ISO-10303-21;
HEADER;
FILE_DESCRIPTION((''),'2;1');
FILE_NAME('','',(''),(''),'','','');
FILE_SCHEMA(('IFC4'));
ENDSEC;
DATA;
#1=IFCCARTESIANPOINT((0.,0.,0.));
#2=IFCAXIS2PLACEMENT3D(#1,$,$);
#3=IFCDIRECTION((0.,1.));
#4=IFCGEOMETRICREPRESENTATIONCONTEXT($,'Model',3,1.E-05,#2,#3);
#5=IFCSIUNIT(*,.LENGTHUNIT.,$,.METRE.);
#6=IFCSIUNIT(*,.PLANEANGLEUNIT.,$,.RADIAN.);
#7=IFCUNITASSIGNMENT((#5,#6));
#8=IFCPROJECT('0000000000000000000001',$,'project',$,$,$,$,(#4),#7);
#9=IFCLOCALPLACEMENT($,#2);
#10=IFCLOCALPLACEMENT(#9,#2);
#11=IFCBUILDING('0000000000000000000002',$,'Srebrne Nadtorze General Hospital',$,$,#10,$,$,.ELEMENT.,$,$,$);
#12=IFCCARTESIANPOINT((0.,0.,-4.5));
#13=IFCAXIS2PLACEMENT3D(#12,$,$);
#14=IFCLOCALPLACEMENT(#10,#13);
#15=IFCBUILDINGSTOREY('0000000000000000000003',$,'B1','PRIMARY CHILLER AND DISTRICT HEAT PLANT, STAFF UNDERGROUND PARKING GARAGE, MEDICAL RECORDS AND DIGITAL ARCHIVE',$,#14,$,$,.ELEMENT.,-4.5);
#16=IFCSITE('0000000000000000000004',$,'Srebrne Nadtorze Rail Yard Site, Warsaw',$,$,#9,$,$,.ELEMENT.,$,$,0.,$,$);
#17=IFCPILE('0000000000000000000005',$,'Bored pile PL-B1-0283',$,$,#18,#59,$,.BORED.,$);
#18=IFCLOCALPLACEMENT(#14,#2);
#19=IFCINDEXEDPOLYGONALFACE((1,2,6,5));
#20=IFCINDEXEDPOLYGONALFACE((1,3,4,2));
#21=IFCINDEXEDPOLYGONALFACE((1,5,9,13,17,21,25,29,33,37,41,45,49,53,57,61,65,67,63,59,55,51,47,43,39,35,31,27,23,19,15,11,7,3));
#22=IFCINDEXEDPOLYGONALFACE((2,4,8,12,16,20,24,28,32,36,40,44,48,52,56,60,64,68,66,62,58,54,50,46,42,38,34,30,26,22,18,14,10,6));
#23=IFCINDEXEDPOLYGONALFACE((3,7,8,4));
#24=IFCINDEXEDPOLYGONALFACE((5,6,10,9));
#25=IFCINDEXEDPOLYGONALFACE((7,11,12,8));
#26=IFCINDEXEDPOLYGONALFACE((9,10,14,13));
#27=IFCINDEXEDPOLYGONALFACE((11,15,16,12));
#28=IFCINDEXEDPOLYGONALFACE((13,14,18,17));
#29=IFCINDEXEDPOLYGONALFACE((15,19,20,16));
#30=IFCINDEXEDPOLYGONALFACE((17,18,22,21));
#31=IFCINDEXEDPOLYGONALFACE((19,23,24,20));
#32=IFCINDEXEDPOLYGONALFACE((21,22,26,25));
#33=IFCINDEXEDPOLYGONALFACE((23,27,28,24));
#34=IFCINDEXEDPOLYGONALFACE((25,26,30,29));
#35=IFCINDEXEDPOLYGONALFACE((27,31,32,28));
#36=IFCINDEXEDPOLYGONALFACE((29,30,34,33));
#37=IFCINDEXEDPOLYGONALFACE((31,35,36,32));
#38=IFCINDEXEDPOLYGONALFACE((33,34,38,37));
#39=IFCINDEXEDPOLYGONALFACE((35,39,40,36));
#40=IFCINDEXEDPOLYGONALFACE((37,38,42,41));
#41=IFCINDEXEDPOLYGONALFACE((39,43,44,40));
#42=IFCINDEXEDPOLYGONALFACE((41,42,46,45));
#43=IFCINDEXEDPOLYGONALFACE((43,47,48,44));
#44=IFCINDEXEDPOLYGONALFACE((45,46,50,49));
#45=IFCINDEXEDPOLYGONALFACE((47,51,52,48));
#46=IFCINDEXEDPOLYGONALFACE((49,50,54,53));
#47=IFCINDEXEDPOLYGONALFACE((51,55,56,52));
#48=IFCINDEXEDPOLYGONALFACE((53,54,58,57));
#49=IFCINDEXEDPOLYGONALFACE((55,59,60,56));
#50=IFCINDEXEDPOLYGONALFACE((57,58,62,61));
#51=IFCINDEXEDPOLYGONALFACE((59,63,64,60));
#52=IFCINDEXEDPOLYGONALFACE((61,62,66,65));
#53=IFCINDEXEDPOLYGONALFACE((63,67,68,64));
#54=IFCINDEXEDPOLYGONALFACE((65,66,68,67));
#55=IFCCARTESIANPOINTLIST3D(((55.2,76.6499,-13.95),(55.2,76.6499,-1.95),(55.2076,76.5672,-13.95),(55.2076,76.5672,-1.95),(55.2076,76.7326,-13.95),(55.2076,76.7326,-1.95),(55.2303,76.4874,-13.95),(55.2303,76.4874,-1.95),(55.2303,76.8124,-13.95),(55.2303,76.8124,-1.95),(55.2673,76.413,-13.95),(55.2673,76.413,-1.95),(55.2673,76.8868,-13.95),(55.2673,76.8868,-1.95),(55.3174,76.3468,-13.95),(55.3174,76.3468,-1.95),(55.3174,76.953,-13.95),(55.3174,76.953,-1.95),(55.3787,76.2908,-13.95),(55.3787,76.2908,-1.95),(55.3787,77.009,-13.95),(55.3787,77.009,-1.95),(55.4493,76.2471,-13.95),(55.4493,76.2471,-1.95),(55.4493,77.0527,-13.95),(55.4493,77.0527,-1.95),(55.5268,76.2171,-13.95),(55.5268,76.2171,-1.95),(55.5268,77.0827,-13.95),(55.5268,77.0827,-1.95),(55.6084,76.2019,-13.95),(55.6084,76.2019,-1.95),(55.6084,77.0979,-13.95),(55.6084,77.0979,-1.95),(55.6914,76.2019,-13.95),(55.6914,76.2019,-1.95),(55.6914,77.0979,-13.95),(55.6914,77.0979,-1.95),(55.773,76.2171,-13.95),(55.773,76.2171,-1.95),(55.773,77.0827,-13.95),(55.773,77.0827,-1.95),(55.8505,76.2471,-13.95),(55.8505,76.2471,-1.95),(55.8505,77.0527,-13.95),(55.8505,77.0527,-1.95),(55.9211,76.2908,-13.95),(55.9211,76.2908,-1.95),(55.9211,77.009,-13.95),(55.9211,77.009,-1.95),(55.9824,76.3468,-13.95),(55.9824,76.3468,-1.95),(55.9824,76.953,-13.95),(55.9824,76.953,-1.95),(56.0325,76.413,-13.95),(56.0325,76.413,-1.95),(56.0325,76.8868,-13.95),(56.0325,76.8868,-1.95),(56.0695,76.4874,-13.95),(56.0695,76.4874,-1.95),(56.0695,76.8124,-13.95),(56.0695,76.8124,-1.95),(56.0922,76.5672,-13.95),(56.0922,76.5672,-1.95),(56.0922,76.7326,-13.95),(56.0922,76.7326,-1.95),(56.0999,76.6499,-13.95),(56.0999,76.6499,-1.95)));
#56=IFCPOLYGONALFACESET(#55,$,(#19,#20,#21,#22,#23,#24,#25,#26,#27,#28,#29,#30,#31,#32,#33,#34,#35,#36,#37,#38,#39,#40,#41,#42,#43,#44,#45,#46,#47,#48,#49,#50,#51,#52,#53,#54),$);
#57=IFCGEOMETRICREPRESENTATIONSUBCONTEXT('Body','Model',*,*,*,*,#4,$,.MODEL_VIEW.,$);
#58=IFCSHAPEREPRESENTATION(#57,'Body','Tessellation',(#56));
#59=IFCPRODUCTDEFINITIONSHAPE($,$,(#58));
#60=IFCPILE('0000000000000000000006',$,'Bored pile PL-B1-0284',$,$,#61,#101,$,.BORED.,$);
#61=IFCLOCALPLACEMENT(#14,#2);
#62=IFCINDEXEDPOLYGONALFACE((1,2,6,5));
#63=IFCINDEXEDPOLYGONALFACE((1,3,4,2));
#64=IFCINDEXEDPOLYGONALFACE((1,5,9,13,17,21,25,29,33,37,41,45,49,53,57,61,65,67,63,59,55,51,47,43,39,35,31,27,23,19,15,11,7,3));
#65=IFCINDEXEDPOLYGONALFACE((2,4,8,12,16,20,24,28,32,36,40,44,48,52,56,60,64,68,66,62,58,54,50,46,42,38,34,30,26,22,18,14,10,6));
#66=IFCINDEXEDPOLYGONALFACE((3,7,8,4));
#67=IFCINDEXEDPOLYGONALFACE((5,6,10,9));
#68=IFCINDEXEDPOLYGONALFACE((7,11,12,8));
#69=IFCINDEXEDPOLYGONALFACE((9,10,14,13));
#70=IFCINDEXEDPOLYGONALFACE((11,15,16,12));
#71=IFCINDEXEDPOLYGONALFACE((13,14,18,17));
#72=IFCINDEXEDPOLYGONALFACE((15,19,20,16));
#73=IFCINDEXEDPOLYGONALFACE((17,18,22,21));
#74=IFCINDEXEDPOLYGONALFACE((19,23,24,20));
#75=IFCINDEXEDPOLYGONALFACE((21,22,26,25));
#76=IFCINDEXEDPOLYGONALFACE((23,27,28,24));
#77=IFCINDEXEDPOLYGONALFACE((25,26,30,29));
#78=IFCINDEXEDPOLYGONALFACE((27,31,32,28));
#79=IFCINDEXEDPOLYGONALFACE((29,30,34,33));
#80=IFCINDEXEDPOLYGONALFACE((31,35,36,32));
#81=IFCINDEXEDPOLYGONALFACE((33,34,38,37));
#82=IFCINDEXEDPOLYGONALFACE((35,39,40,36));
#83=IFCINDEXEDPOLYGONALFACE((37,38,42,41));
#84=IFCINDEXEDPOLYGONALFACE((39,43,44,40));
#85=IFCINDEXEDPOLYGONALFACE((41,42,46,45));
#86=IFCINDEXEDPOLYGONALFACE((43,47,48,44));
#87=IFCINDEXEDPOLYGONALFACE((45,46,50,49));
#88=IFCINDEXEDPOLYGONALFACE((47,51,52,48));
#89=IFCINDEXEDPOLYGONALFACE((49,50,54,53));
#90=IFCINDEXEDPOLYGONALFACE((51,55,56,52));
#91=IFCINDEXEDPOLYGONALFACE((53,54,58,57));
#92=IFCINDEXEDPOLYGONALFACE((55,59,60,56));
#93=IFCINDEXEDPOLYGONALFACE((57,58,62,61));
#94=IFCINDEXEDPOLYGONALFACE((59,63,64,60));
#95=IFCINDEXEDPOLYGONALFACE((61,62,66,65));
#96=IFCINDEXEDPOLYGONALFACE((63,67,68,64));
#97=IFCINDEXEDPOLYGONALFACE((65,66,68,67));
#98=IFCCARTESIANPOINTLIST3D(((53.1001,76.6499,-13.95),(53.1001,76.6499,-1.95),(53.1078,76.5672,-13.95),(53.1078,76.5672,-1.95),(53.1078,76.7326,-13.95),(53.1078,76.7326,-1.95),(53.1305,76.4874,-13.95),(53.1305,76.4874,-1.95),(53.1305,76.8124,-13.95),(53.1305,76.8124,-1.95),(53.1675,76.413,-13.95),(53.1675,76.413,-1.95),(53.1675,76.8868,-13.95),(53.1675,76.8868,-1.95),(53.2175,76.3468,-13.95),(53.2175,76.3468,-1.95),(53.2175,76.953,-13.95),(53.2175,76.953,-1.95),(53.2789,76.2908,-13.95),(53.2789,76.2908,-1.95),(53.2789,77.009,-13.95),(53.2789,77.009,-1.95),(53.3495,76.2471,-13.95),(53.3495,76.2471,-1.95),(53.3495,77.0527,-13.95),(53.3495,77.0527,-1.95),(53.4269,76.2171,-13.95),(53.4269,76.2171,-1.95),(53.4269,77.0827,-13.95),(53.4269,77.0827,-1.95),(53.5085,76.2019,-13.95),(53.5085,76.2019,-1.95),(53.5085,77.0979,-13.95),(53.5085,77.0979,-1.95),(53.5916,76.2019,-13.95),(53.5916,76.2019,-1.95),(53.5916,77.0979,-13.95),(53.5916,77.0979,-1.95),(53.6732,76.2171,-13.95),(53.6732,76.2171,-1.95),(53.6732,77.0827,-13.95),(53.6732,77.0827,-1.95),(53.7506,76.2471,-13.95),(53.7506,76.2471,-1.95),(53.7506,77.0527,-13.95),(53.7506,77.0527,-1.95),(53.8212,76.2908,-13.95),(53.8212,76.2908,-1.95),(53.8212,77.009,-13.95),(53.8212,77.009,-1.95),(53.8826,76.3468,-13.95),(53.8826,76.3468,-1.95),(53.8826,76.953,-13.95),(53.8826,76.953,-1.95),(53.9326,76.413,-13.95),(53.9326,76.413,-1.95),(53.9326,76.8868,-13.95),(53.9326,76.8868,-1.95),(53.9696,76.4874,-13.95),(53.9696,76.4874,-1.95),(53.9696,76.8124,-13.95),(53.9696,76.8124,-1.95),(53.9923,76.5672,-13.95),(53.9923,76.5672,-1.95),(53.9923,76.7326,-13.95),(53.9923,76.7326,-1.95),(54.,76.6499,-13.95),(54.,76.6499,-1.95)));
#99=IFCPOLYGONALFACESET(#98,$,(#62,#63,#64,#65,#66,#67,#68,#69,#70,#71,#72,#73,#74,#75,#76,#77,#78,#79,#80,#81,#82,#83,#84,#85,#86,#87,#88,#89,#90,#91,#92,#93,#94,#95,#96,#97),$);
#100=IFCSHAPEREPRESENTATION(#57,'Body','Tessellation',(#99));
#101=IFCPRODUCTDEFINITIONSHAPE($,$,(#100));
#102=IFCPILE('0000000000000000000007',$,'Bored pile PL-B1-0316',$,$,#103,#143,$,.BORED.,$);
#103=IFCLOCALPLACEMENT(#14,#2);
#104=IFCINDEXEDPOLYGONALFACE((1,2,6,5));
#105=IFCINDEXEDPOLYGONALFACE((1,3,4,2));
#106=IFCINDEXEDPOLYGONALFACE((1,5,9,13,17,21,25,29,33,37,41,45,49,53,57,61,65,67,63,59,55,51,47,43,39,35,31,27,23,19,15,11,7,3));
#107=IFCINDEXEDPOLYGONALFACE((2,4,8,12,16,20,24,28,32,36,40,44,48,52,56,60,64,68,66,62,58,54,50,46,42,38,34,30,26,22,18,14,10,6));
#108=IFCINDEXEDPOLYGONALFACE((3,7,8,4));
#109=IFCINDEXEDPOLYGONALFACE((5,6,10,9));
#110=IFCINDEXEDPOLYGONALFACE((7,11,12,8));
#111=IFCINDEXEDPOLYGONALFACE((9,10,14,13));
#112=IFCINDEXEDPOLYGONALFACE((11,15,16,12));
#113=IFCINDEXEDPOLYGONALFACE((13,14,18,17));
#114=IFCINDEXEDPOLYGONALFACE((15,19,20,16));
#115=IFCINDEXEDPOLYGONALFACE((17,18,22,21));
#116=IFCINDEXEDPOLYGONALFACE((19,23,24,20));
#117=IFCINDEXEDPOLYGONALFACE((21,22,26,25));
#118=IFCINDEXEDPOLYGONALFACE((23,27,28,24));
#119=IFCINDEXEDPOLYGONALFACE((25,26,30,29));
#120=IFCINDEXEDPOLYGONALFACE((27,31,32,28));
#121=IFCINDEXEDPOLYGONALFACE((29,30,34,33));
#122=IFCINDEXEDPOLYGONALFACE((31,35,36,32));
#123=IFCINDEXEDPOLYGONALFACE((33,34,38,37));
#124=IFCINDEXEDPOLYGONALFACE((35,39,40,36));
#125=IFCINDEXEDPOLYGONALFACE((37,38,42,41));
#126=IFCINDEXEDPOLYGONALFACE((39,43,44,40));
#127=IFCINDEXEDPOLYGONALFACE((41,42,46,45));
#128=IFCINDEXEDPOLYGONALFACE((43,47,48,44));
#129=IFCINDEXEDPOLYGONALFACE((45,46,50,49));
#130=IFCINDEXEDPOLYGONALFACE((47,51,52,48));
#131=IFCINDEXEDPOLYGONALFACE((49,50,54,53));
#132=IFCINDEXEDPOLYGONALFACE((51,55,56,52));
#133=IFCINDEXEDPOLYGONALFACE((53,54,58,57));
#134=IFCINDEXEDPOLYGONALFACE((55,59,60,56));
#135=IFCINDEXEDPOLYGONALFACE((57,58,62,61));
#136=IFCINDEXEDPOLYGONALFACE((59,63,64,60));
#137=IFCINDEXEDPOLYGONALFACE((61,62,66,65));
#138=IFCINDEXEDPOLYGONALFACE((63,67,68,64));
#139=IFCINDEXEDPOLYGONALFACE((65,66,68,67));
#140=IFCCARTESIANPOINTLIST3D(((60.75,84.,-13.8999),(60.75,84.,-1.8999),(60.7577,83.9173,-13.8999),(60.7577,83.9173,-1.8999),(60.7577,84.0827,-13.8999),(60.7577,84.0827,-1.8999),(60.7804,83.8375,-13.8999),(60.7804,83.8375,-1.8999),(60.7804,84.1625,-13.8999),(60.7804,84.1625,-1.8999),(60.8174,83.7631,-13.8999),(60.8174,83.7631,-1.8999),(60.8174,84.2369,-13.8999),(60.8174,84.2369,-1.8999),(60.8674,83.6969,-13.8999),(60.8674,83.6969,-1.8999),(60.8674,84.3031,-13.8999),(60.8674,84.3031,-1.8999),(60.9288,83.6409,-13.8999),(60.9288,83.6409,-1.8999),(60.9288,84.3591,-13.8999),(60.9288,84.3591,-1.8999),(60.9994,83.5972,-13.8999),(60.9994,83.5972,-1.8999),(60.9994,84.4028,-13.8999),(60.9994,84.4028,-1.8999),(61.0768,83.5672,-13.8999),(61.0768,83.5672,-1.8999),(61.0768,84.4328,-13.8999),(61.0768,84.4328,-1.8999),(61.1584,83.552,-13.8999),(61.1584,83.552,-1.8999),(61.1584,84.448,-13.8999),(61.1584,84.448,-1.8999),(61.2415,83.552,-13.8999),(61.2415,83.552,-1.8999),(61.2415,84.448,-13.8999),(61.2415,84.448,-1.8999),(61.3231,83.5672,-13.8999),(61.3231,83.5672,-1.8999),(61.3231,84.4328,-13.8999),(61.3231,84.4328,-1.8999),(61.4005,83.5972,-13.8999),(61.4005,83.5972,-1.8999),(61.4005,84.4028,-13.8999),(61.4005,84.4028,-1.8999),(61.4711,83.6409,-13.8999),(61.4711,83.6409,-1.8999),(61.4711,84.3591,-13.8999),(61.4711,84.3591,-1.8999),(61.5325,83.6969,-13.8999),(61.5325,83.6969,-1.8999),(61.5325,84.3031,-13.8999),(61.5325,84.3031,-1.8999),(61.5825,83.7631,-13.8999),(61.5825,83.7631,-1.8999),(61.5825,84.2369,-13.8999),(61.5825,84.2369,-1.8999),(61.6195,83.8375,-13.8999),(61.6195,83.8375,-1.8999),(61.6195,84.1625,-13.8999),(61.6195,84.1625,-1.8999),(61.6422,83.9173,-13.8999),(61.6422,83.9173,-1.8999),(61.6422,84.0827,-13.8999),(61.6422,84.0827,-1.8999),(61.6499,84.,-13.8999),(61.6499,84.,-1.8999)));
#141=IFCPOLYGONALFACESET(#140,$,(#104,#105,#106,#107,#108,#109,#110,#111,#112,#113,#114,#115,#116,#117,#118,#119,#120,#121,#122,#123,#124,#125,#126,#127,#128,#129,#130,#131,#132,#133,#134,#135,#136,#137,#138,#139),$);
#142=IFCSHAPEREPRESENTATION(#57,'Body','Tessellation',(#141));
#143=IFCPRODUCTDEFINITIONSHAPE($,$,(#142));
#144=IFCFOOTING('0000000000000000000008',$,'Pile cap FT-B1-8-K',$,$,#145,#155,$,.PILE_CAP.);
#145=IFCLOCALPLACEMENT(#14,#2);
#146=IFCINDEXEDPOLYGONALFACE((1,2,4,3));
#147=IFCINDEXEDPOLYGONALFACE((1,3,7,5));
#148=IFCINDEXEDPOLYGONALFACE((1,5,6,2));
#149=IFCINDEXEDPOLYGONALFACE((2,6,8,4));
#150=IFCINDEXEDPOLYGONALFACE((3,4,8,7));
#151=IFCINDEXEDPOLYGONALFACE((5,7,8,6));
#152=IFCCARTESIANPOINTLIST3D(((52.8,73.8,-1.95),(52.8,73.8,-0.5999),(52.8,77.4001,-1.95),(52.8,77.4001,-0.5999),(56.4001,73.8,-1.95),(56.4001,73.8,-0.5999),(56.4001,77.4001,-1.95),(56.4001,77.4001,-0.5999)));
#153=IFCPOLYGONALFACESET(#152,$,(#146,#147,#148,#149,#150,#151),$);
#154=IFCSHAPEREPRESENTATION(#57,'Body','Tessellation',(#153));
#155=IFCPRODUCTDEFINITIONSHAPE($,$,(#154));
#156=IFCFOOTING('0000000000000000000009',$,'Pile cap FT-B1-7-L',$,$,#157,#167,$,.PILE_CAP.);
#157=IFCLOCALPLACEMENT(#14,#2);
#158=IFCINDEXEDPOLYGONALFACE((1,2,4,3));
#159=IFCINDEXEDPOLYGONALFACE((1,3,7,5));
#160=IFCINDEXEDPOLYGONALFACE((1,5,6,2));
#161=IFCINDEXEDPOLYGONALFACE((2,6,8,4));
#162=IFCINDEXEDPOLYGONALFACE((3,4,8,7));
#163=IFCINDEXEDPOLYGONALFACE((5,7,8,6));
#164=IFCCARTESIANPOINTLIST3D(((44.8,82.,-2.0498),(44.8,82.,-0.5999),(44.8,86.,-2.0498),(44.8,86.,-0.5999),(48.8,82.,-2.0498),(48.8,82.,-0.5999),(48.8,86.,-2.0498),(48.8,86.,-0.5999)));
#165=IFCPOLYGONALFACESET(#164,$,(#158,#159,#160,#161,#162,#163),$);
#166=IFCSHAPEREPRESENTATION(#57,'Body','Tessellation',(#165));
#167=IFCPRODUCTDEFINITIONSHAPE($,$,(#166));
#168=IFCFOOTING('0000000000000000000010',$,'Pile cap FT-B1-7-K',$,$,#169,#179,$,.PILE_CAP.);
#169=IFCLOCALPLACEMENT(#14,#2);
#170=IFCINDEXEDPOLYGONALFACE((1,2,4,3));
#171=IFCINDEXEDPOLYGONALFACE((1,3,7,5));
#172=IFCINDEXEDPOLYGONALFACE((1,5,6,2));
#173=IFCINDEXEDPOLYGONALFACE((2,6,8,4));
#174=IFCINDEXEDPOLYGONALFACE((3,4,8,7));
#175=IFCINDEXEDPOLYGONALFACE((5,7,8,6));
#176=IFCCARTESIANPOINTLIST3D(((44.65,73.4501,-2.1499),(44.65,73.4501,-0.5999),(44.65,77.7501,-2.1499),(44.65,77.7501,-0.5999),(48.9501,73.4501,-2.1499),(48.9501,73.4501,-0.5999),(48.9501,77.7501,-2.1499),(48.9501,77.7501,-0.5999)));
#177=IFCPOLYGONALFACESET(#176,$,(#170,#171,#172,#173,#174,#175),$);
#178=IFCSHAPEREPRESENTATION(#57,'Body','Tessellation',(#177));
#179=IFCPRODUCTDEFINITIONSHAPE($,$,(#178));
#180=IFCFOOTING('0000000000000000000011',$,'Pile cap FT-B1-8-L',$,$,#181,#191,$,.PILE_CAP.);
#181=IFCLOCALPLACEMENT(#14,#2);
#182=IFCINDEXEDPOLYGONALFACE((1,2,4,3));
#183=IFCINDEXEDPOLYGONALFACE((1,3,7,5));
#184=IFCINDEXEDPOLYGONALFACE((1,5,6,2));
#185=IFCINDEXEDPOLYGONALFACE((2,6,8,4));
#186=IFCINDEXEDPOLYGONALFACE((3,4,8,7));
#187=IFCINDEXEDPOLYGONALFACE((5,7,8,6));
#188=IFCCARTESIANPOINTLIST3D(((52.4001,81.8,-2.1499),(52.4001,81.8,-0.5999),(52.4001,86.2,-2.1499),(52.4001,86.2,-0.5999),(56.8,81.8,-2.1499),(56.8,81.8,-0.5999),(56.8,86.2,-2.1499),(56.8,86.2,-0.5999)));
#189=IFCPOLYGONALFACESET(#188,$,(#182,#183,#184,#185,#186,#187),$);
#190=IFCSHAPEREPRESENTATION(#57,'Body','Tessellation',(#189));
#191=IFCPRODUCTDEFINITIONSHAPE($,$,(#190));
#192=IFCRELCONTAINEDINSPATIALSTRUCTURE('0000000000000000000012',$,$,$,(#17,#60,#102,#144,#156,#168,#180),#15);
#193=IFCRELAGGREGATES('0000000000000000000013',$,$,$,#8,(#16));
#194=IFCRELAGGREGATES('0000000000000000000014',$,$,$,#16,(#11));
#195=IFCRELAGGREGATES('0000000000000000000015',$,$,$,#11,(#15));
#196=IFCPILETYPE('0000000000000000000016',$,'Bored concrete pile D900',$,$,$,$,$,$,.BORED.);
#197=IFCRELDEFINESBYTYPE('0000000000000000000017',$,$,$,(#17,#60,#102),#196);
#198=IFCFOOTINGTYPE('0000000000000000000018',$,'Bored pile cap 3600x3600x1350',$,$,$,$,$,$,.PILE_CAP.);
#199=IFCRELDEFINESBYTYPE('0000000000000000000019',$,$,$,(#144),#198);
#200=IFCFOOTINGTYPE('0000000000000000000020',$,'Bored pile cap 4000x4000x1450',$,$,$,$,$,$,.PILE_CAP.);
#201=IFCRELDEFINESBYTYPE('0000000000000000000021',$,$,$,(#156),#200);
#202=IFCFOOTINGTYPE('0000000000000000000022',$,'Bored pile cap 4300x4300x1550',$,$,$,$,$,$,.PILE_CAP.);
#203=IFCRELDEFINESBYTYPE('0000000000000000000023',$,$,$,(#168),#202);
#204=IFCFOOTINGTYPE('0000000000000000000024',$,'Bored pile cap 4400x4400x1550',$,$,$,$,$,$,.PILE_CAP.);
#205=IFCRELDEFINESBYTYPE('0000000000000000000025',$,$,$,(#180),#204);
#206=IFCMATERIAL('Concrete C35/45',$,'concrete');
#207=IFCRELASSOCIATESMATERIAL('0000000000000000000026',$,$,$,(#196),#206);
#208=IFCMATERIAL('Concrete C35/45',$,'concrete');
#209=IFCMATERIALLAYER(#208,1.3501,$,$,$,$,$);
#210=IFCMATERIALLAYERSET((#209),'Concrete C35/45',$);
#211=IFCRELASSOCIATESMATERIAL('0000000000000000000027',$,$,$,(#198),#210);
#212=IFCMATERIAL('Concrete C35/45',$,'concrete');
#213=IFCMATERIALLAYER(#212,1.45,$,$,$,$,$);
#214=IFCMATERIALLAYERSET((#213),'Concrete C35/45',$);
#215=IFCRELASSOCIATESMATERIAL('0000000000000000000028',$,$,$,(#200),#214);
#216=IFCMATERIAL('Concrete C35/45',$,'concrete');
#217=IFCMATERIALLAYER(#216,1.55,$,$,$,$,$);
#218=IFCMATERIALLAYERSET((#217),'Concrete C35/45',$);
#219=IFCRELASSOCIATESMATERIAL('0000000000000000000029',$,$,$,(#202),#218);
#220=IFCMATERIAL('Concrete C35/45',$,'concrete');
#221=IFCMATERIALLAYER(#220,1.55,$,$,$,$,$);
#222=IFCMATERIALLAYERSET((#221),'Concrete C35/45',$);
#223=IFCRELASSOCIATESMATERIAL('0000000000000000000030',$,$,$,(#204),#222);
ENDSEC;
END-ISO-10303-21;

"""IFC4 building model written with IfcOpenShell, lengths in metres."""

from ifc_helpers import new_model, si_unit, direction, frame, origin, origin_2d, place, context, subcontext, project, spatial, rectangle, circle, extrude, material, layer, layer_set, material_profile, profile_set, type_object, element, save


model = new_model("IFC4")

# Units and contexts
model_context = context("Model", 3, precision=1e-05, world=origin(), true_north=direction((0.0, 1.0)))
body_context = subcontext(model_context, "Body", "Model", "MODEL_VIEW")
ifc_project = project(units=[si_unit("LENGTHUNIT", "METRE"), si_unit("PLANEANGLEUNIT", "RADIAN")], contexts=[model_context])

# Site, building, storey
site_placement = place(None, origin())
site = spatial("IfcSite", under=ifc_project, at=site_placement, Name="Srebrne Nadtorze Rail Yard Site, Warsaw", CompositionType="ELEMENT", RefElevation=0.0)
building_placement = place(site_placement, origin())
building = spatial("IfcBuilding", under=site, at=building_placement, Name="Srebrne Nadtorze General Hospital", CompositionType="ELEMENT")
storey_placement = place(building_placement, frame((0.0, 0.0, -4.5)))
storey = spatial("IfcBuildingStorey", under=building, at=storey_placement, Name="B1", Description="PRIMARY CHILLER AND DISTRICT HEAT PLANT, STAFF UNDERGROUND PARKING GARAGE, MEDICAL RECORDS AND DIGITAL ARCHIVE", CompositionType="ELEMENT", Elevation=-4.5)

# Piles
ifc_material_1 = material(Name="Concrete C35/45", Category="concrete")
ifc_material_profile_1 = material_profile(ifc_material_1, circle(Radius=0.45, at=origin_2d()), Name="PILE-D900")
ifc_profile_set_1 = profile_set([ifc_material_profile_1], Name="Concrete C35/45")
pile_type_1 = type_object("IfcPileType", Name="Bored concrete pile D900", PredefinedType="BORED", material=ifc_profile_set_1)
for number, where, z_axis, x_axis, name in (
    (1, (55.6499, 76.6499, -1.95), (0.0, 0.0, -1.0), (1.0, 0.0, 0.0), "Bored pile PL-B1-0283"),
    (2, (53.55, 76.6499, -1.95), (0.0, 0.0, -1.0), (1.0, 0.0, 0.0), "Bored pile PL-B1-0284"),
    (3, (61.2, 84.0, -1.8999), (0.0, 0.0, -1.0), (1.0, 0.0, 0.0), "Bored pile PL-B1-0316"),
):
    element("IfcPile", number, at=place(storey_placement, frame(where, z_axis=z_axis, x_axis=x_axis)), inside=storey, type_object=pile_type_1, Name=name, PredefinedType="BORED", context=body_context, shape_type="SweptSolid", body=[
        extrude(circle(Radius=0.45, at=origin_2d()), origin(), (0.0, 0.0, 1.0), 12.0),
    ])

# Footings
ifc_material_2 = material(Name="Concrete C35/45", Category="concrete")
ifc_layer_1 = layer(ifc_material_2, 1.3501)
ifc_layer_set_1 = layer_set([ifc_layer_1], Name="Concrete C35/45")
footing_type_1 = type_object("IfcFootingType", Name="Bored pile cap 3600x3600x1350", PredefinedType="PILE_CAP", material=ifc_layer_set_1)
footing_1_placement = place(storey_placement, frame((54.6001, 75.6001, -1.95), z_axis=(0.0, 0.0, 1.0), x_axis=(1.0, 0.0, 0.0)))
element("IfcFooting", 4, at=footing_1_placement, inside=storey, type_object=footing_type_1, Name="Pile cap FT-B1-8-K", PredefinedType="PILE_CAP", context=body_context, shape_type="SweptSolid", body=[
    extrude(rectangle(XDim=3.6001, YDim=3.6001, at=origin_2d()), origin(), (0.0, 0.0, 1.0), 1.3501),
])
ifc_material_3 = material(Name="Concrete C35/45", Category="concrete")
ifc_layer_2 = layer(ifc_material_3, 1.45)
ifc_layer_set_2 = layer_set([ifc_layer_2], Name="Concrete C35/45")
footing_type_2 = type_object("IfcFootingType", Name="Bored pile cap 4000x4000x1450", PredefinedType="PILE_CAP", material=ifc_layer_set_2)
footing_2_placement = place(storey_placement, frame((46.8, 84.0, -2.0498), z_axis=(0.0, 0.0, 1.0), x_axis=(1.0, 0.0, 0.0)))
element("IfcFooting", 5, at=footing_2_placement, inside=storey, type_object=footing_type_2, Name="Pile cap FT-B1-7-L", PredefinedType="PILE_CAP", context=body_context, shape_type="SweptSolid", body=[
    extrude(rectangle(XDim=4.0, YDim=4.0, at=origin_2d()), origin(), (0.0, 0.0, 1.0), 1.45),
])
ifc_material_4 = material(Name="Concrete C35/45", Category="concrete")
ifc_layer_3 = layer(ifc_material_4, 1.55)
ifc_layer_set_3 = layer_set([ifc_layer_3], Name="Concrete C35/45")
footing_type_3 = type_object("IfcFootingType", Name="Bored pile cap 4300x4300x1550", PredefinedType="PILE_CAP", material=ifc_layer_set_3)
footing_3_placement = place(storey_placement, frame((46.8, 75.6001, -2.1499), z_axis=(0.0, 0.0, 1.0), x_axis=(1.0, 0.0, 0.0)))
element("IfcFooting", 6, at=footing_3_placement, inside=storey, type_object=footing_type_3, Name="Pile cap FT-B1-7-K", PredefinedType="PILE_CAP", context=body_context, shape_type="SweptSolid", body=[
    extrude(rectangle(XDim=4.3, YDim=4.3, at=origin_2d()), origin(), (0.0, 0.0, 1.0), 1.55),
])
ifc_material_5 = material(Name="Concrete C35/45", Category="concrete")
ifc_layer_4 = layer(ifc_material_5, 1.55)
ifc_layer_set_4 = layer_set([ifc_layer_4], Name="Concrete C35/45")
footing_type_4 = type_object("IfcFootingType", Name="Bored pile cap 4400x4400x1550", PredefinedType="PILE_CAP", material=ifc_layer_set_4)
footing_4_placement = place(storey_placement, frame((54.6001, 84.0, -2.1499), z_axis=(0.0, 0.0, 1.0), x_axis=(1.0, 0.0, 0.0)))
element("IfcFooting", 7, at=footing_4_placement, inside=storey, type_object=footing_type_4, Name="Pile cap FT-B1-8-L", PredefinedType="PILE_CAP", context=body_context, shape_type="SweptSolid", body=[
    extrude(rectangle(XDim=4.3999, YDim=4.3999, at=origin_2d()), origin(), (0.0, 0.0, 1.0), 1.55),
])

save(model, "model.ifc")
